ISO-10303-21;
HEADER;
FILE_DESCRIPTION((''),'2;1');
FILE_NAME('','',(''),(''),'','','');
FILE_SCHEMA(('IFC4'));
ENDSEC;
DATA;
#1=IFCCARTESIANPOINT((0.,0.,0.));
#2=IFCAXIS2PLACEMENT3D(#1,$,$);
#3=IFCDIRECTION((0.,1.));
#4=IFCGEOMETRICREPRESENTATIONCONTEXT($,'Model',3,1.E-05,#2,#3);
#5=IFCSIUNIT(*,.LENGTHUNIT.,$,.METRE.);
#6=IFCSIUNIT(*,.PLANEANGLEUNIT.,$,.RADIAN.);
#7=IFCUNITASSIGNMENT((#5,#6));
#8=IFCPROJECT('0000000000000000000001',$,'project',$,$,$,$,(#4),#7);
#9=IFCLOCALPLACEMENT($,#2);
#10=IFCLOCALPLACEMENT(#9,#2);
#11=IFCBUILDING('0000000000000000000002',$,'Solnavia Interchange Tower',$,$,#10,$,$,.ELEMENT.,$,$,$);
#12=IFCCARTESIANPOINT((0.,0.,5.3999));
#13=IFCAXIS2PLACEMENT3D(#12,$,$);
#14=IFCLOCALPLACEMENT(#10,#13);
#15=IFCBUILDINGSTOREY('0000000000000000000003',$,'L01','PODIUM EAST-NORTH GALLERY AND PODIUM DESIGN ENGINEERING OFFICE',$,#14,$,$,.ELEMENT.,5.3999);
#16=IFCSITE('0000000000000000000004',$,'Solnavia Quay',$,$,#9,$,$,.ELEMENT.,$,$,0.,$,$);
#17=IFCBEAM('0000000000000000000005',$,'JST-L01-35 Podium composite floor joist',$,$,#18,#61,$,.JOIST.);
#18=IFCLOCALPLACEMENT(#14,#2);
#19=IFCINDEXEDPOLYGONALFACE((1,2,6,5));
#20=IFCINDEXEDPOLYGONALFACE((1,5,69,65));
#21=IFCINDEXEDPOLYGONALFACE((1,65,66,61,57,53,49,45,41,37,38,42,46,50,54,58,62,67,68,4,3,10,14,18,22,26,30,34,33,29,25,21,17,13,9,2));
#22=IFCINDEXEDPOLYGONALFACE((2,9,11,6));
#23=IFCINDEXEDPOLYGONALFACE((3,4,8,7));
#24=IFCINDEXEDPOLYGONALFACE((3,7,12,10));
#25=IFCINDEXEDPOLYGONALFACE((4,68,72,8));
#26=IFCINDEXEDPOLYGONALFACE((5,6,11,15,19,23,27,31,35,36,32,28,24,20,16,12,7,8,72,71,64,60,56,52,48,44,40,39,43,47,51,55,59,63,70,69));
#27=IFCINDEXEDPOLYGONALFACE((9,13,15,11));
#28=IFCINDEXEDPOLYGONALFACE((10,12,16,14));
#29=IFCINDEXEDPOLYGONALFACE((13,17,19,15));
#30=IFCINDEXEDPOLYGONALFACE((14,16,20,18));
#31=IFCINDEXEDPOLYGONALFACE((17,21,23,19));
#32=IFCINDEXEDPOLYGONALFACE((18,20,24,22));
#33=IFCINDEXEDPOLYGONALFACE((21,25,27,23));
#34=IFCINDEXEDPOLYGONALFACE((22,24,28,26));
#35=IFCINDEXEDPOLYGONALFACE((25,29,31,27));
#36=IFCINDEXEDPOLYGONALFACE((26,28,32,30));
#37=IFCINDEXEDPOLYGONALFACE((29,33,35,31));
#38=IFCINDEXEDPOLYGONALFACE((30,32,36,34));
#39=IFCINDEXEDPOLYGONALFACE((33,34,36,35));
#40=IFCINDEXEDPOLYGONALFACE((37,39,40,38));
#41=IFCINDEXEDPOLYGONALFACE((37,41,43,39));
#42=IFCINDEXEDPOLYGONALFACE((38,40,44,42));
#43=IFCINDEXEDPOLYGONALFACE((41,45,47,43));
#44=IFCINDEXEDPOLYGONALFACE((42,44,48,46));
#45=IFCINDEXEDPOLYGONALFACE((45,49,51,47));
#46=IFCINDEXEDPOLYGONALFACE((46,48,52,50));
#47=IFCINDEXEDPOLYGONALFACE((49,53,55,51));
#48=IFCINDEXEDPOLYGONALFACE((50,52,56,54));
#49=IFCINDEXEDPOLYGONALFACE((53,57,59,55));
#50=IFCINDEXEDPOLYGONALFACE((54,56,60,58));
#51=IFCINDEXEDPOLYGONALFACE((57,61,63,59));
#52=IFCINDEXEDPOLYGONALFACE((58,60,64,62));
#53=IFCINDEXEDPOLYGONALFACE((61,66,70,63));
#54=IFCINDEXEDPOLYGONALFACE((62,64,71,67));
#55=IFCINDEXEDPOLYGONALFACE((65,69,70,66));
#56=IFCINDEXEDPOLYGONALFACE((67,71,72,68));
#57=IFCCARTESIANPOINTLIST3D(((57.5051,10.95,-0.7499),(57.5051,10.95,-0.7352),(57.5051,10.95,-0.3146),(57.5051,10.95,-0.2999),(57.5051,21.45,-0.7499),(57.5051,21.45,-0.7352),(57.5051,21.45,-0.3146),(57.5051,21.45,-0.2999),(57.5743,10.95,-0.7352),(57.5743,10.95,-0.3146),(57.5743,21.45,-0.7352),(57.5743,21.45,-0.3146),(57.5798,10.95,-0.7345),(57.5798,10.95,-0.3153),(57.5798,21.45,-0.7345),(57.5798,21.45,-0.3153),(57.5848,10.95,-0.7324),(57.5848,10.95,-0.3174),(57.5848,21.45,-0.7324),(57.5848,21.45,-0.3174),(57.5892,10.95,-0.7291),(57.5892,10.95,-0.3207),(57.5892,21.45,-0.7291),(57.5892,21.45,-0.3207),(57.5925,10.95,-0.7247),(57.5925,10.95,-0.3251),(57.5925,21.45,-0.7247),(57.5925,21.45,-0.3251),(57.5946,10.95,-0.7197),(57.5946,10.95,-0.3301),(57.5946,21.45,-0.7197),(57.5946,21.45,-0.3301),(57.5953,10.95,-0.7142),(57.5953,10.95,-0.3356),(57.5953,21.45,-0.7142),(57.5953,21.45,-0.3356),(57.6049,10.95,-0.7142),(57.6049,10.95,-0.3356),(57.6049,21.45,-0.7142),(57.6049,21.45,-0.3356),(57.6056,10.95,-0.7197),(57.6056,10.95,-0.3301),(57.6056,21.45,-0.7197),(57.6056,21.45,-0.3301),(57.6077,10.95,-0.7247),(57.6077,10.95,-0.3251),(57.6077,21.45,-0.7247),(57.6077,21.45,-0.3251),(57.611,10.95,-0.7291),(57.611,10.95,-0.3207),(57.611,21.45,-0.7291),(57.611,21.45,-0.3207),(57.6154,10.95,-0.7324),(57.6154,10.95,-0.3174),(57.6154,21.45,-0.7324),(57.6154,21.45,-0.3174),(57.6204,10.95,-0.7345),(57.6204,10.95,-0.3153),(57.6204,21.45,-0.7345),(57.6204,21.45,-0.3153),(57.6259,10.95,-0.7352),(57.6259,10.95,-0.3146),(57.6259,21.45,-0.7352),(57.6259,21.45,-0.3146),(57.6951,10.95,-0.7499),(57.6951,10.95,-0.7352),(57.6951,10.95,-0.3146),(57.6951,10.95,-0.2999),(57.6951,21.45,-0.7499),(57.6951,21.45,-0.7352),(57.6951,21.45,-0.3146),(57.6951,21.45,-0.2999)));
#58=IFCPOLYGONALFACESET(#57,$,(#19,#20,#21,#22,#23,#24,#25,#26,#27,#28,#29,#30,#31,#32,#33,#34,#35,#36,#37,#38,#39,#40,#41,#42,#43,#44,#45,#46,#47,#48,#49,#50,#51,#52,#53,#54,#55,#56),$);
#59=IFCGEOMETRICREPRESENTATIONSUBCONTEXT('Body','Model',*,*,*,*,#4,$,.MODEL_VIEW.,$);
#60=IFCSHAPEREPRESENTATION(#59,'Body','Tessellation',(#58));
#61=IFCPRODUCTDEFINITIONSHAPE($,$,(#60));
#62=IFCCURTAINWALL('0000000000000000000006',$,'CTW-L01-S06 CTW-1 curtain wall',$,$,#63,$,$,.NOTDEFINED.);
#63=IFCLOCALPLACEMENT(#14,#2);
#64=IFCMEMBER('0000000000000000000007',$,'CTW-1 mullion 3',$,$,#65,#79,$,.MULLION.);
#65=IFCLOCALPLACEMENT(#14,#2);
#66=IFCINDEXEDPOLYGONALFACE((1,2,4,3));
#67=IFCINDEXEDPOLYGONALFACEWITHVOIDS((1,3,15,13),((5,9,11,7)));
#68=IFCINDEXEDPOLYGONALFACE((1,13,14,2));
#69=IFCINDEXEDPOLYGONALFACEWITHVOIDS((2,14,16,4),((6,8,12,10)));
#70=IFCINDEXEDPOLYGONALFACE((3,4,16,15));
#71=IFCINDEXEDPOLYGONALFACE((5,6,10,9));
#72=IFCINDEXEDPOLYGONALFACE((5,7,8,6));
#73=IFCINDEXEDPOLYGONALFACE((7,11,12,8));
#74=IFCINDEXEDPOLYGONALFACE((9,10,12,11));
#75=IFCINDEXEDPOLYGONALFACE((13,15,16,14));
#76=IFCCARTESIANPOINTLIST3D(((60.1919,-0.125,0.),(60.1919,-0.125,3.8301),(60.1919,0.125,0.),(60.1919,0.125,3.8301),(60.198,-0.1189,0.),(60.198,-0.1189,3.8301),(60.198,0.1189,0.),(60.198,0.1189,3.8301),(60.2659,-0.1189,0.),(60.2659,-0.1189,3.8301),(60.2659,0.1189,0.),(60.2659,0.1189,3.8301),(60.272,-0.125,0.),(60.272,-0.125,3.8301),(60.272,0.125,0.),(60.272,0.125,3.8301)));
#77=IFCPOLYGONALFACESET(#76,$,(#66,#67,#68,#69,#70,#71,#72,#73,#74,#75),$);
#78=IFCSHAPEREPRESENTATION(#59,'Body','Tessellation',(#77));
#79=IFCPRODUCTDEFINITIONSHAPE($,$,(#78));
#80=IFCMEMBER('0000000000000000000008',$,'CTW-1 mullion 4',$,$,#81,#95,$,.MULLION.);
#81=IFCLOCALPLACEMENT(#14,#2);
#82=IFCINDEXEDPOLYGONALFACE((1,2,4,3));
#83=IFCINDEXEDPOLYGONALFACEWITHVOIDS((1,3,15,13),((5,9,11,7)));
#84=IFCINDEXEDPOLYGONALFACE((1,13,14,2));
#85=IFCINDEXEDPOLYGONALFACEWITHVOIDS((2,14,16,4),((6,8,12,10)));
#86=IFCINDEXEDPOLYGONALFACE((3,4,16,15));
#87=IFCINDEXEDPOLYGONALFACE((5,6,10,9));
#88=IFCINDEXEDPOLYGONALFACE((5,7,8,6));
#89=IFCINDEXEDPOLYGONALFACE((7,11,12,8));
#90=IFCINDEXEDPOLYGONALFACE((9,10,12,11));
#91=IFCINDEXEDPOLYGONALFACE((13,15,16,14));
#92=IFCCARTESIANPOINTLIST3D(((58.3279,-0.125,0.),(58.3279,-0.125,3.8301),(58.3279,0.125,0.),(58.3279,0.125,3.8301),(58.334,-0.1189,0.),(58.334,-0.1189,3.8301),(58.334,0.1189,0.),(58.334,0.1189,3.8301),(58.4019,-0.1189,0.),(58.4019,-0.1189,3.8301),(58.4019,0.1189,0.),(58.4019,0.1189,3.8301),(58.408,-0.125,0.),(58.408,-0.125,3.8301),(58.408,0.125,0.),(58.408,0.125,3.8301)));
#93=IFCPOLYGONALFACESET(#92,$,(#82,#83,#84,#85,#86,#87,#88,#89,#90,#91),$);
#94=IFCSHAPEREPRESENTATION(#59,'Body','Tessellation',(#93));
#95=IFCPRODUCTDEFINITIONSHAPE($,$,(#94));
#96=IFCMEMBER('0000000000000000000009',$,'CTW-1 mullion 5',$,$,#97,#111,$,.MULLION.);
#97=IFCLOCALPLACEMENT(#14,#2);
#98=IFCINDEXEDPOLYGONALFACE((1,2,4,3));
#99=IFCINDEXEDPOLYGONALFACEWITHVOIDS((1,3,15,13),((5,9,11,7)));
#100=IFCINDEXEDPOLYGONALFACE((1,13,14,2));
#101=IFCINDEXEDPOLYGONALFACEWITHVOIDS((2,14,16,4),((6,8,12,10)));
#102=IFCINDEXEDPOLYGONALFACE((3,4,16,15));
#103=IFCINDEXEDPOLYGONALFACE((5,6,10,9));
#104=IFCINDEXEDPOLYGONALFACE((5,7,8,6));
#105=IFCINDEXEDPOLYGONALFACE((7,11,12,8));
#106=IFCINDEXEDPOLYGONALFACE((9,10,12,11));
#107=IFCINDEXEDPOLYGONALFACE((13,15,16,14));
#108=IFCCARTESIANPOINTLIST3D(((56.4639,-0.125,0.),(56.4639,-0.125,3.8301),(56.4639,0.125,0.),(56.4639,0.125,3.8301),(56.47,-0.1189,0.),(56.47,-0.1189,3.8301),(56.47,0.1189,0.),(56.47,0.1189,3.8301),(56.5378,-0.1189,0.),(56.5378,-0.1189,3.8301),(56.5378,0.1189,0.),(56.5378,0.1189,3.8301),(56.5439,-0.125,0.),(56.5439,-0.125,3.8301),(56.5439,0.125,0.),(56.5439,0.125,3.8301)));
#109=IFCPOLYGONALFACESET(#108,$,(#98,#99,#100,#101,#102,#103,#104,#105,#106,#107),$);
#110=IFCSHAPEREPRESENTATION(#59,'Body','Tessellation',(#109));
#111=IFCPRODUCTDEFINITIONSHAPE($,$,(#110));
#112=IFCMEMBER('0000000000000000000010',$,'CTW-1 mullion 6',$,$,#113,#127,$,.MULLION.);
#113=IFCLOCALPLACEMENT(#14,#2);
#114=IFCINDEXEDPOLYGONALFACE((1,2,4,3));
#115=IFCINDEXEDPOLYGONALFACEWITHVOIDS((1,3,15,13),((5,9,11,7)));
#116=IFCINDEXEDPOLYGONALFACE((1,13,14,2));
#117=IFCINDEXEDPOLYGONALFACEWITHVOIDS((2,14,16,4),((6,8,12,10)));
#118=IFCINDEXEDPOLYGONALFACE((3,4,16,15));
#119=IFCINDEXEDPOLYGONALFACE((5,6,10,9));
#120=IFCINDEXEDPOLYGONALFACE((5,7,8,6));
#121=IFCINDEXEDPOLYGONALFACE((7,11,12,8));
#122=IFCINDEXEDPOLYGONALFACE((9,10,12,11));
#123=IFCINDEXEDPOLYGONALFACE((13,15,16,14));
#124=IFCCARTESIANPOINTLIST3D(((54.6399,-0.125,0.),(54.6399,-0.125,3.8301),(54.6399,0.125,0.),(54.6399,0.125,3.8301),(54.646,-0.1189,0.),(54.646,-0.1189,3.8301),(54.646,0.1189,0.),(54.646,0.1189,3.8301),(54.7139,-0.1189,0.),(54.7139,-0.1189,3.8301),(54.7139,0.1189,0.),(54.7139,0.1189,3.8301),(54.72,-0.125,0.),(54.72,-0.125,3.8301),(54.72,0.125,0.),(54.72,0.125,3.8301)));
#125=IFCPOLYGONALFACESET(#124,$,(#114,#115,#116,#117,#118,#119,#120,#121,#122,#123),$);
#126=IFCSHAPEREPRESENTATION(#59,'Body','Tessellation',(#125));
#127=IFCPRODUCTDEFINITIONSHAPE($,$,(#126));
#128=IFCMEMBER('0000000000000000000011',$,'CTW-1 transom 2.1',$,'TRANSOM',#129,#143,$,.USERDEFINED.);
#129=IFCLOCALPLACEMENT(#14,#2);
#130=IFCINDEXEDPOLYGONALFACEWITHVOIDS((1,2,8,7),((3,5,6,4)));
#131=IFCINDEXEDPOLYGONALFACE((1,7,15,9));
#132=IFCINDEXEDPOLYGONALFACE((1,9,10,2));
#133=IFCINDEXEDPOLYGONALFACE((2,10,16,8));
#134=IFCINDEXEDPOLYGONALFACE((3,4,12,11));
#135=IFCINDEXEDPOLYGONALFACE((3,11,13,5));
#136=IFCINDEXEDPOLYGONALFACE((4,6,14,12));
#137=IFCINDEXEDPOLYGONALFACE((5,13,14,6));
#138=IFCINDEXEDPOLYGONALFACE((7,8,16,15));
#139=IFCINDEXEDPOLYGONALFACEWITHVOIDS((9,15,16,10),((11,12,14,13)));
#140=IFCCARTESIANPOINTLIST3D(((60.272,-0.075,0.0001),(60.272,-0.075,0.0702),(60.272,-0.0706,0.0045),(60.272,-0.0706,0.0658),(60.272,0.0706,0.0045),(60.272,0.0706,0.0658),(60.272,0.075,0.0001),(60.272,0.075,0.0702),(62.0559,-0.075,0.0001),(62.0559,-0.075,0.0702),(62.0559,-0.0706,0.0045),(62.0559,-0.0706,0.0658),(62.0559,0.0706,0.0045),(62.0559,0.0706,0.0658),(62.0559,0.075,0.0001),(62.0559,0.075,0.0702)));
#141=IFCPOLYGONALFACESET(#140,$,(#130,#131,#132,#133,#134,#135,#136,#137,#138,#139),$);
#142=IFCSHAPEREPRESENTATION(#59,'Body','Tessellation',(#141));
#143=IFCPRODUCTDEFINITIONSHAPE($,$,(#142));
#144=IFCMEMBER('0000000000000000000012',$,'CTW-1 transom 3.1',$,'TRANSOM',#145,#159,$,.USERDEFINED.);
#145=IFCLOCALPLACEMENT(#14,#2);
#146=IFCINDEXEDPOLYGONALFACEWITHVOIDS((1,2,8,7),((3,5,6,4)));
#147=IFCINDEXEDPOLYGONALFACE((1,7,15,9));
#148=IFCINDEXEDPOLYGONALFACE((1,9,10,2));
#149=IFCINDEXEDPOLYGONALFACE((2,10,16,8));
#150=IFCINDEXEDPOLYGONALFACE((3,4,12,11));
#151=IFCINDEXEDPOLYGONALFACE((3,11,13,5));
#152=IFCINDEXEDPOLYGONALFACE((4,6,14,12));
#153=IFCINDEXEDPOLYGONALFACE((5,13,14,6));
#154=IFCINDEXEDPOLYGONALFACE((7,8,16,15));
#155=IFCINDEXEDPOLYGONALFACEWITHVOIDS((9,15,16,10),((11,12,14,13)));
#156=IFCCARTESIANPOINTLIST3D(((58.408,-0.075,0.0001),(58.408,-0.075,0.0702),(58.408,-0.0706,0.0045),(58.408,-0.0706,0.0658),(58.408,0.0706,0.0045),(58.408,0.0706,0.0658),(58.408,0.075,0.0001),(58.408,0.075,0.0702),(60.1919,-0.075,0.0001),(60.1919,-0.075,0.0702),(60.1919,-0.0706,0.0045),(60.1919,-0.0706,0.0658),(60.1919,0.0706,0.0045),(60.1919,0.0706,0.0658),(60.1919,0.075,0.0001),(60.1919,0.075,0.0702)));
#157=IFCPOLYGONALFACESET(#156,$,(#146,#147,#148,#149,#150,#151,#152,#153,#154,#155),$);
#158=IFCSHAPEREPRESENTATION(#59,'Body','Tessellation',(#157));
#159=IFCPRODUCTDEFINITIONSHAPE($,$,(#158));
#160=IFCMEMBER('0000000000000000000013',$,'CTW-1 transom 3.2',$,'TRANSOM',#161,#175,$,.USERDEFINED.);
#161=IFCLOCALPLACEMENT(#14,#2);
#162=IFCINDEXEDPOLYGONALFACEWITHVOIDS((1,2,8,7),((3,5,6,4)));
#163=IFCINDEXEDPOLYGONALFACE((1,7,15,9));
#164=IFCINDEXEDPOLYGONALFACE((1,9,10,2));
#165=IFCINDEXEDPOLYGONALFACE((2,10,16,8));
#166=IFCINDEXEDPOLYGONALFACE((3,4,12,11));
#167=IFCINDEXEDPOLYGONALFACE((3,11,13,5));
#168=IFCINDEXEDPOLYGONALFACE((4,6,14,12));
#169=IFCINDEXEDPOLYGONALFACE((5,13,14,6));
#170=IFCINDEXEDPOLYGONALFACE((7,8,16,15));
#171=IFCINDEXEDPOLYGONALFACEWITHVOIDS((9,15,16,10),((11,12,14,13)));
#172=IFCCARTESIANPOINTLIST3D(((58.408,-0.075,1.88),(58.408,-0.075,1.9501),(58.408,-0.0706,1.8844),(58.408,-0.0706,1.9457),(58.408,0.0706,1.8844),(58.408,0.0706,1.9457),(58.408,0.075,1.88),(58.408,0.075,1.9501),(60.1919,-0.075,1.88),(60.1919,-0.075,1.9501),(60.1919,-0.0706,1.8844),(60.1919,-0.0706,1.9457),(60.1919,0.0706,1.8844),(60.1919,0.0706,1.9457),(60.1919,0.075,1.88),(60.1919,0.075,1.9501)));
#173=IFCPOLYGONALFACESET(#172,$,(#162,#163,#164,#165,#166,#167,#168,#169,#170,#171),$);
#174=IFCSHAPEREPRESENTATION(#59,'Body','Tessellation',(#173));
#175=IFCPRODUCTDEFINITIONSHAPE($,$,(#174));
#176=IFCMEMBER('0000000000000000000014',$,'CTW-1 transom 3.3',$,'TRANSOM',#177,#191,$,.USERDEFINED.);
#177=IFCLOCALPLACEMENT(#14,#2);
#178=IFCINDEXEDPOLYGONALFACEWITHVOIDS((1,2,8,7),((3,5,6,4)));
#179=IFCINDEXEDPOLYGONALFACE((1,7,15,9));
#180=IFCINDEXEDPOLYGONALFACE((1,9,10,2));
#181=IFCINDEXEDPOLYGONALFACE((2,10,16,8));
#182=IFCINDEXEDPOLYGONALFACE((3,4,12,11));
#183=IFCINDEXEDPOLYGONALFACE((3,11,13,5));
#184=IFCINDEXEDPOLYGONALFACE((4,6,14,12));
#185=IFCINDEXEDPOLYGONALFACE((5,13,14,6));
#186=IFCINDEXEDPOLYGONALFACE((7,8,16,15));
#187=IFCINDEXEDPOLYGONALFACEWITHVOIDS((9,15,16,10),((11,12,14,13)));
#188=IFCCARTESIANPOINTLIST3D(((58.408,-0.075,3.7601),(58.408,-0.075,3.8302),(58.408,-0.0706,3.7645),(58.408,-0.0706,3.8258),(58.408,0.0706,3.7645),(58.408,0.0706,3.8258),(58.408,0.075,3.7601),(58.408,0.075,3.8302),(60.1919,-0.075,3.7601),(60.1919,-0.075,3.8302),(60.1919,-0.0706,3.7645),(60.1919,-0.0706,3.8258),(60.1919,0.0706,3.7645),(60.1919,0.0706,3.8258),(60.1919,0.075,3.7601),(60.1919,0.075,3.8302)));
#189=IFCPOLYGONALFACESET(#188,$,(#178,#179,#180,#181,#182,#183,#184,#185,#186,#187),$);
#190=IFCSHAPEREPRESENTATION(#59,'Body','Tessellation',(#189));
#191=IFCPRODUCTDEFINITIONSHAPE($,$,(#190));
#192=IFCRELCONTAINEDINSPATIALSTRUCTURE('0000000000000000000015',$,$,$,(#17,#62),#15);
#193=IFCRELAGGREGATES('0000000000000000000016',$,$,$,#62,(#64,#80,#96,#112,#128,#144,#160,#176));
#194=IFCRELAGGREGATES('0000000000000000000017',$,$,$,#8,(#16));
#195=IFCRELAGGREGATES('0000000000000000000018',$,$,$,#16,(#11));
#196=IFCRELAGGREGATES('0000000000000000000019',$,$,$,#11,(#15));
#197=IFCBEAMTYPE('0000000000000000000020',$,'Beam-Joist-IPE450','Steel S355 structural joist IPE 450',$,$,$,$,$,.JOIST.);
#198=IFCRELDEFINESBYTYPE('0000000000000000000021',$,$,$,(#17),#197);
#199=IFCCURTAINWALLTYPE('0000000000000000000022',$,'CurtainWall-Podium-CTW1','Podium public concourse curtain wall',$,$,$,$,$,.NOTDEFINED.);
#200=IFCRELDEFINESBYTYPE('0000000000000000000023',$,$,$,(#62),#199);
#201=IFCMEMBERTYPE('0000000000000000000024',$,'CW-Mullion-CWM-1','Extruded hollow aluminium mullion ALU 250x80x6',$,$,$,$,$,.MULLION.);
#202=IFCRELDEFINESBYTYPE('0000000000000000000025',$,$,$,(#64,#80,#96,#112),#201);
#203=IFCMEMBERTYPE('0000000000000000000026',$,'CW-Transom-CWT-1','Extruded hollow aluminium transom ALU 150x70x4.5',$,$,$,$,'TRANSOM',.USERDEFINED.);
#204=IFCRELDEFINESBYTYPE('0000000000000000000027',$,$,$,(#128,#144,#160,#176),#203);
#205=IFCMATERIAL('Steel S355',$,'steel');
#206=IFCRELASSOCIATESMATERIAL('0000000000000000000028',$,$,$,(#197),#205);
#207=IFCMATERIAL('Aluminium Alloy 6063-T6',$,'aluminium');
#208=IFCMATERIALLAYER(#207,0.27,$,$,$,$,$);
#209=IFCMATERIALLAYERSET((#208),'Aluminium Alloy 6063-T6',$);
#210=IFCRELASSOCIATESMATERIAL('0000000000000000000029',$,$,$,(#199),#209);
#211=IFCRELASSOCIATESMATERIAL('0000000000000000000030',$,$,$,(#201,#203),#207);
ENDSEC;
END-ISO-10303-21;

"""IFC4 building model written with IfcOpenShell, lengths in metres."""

from ifc_helpers import new_model, si_unit, direction, frame, origin, origin_2d, place, context, subcontext, project, spatial, hollow_rectangle, i_section, extrude, material, layer, layer_set, material_profile, profile_set, type_object, element, aggregate, save


model = new_model("IFC4")

# Units and contexts
model_context = context("Model", 3, precision=1e-05, world=origin(), true_north=direction((0.0, 1.0)))
body_context = subcontext(model_context, "Body", "Model", "MODEL_VIEW")
ifc_project = project(units=[si_unit("LENGTHUNIT", "METRE"), si_unit("PLANEANGLEUNIT", "RADIAN")], contexts=[model_context])

# Site, building, storey
site_placement = place(None, origin())
site = spatial("IfcSite", under=ifc_project, at=site_placement, Name="Solnavia Quay", CompositionType="ELEMENT", RefElevation=0.0)
building_placement = place(site_placement, origin())
building = spatial("IfcBuilding", under=site, at=building_placement, Name="Solnavia Interchange Tower", CompositionType="ELEMENT")
storey_placement = place(building_placement, frame((0.0, 0.0, 5.3999)))
storey = spatial("IfcBuildingStorey", under=building, at=storey_placement, Name="L01", Description="PODIUM EAST-NORTH GALLERY AND PODIUM DESIGN ENGINEERING OFFICE", CompositionType="ELEMENT", Elevation=5.3999)

# Beam
ifc_material_1 = material(Name="Steel S355", Category="steel")
ifc_material_profile_1 = material_profile(ifc_material_1, i_section(OverallWidth=0.1899, OverallDepth=0.45, WebThickness=0.0095, FlangeThickness=0.0146, FilletRadius=0.021, at=origin_2d()), Name="IPE 450")
ifc_profile_set_1 = profile_set([ifc_material_profile_1], Name="Steel S355")
beam_type_1 = type_object("IfcBeamType", Name="Beam-Joist-IPE450", Description="Steel S355 structural joist IPE 450", PredefinedType="JOIST", material=ifc_profile_set_1)
beam_1_placement = place(storey_placement, frame((57.6001, 10.95, -0.5249), z_axis=(0.0, 1.0, 0.0), x_axis=(-1.0, 0.0, 0.0)))
element("IfcBeam", 1, at=beam_1_placement, inside=storey, type_object=beam_type_1, Name="JST-L01-35 Podium composite floor joist", PredefinedType="JOIST", context=body_context, shape_type="SweptSolid", body=[
    extrude(i_section(OverallWidth=0.1899, OverallDepth=0.45, WebThickness=0.0095, FlangeThickness=0.0146, FilletRadius=0.021, at=origin_2d()), origin(), (0.0, 0.0, 1.0), 10.5),
])

# Curtain wall, members
ifc_material_2 = material(Name="Aluminium Alloy 6063-T6", Category="aluminium")
ifc_layer_1 = layer(ifc_material_2, 0.27)
ifc_layer_set_1 = layer_set([ifc_layer_1], Name="Aluminium Alloy 6063-T6")
curtain_wall_type = type_object("IfcCurtainWallType", Name="CurtainWall-Podium-CTW1", Description="Podium public concourse curtain wall", PredefinedType="NOTDEFINED", material=ifc_layer_set_1)
curtain_wall_placement = place(storey_placement, origin())
curtain_wall = element("IfcCurtainWall", 2, at=curtain_wall_placement, inside=storey, type_object=curtain_wall_type, Name="CTW-L01-S06 CTW-1 curtain wall", PredefinedType="NOTDEFINED")
ifc_material_profile_2 = material_profile(ifc_material_2, hollow_rectangle(XDim=0.0801, YDim=0.25, WallThickness=0.0061, at=origin_2d()), Name="ALU 250x80x6")
ifc_profile_set_2 = profile_set([ifc_material_profile_2], Name="Aluminium Alloy 6063-T6")
member_type_1 = type_object("IfcMemberType", Name="CW-Mullion-CWM-1", Description="Extruded hollow aluminium mullion ALU 250x80x6", PredefinedType="MULLION", material=ifc_profile_set_2)
member_1_placement = place(storey_placement, frame((60.2319, 0.0, 0.0), z_axis=(0.0, 0.0, 1.0), x_axis=(-1.0, 0.0, 0.0)))
member_1 = element("IfcMember", 3, at=member_1_placement, type_object=member_type_1, Name="CTW-1 mullion 3", PredefinedType="MULLION", context=body_context, shape_type="SweptSolid", body=[
    extrude(hollow_rectangle(XDim=0.0801, YDim=0.25, WallThickness=0.0061, at=origin_2d()), origin(), (0.0, 0.0, 1.0), 3.8301),
])
member_2_placement = place(storey_placement, frame((58.3679, 0.0, 0.0), z_axis=(0.0, 0.0, 1.0), x_axis=(-1.0, 0.0, 0.0)))
member_2 = element("IfcMember", 4, at=member_2_placement, type_object=member_type_1, Name="CTW-1 mullion 4", PredefinedType="MULLION", context=body_context, shape_type="SweptSolid", body=[
    extrude(hollow_rectangle(XDim=0.0801, YDim=0.25, WallThickness=0.0061, at=origin_2d()), origin(), (0.0, 0.0, 1.0), 3.8301),
])
member_3_placement = place(storey_placement, frame((56.5039, 0.0, 0.0), z_axis=(0.0, 0.0, 1.0), x_axis=(-1.0, 0.0, 0.0)))
member_3 = element("IfcMember", 5, at=member_3_placement, type_object=member_type_1, Name="CTW-1 mullion 5", PredefinedType="MULLION", context=body_context, shape_type="SweptSolid", body=[
    extrude(hollow_rectangle(XDim=0.0801, YDim=0.25, WallThickness=0.0061, at=origin_2d()), origin(), (0.0, 0.0, 1.0), 3.8301),
])
member_4_placement = place(storey_placement, frame((54.6799, 0.0, 0.0), z_axis=(0.0, 0.0, 1.0), x_axis=(-1.0, 0.0, 0.0)))
member_4 = element("IfcMember", 6, at=member_4_placement, type_object=member_type_1, Name="CTW-1 mullion 6", PredefinedType="MULLION", context=body_context, shape_type="SweptSolid", body=[
    extrude(hollow_rectangle(XDim=0.0801, YDim=0.25, WallThickness=0.0061, at=origin_2d()), origin(), (0.0, 0.0, 1.0), 3.8301),
])
ifc_material_profile_3 = material_profile(ifc_material_2, hollow_rectangle(XDim=0.0701, YDim=0.1499, WallThickness=0.0044, at=origin_2d()), Name="ALU 150x70x4.5")
ifc_profile_set_3 = profile_set([ifc_material_profile_3], Name="Aluminium Alloy 6063-T6")
member_type_2 = type_object("IfcMemberType", Name="CW-Transom-CWT-1", Description="Extruded hollow aluminium transom ALU 150x70x4.5", ElementType="TRANSOM", PredefinedType="USERDEFINED", material=ifc_profile_set_3)
member_5_placement = place(storey_placement, frame((62.0559, 0.0, 0.0352), z_axis=(-1.0, 0.0, 0.0), x_axis=(0.0, 0.0, 1.0)))
member_5 = element("IfcMember", 7, at=member_5_placement, type_object=member_type_2, Name="CTW-1 transom 2.1", ObjectType="TRANSOM", PredefinedType="USERDEFINED", context=body_context, shape_type="SweptSolid", body=[
    extrude(hollow_rectangle(XDim=0.0701, YDim=0.1499, WallThickness=0.0044, at=origin_2d()), origin(), (0.0, 0.0, 1.0), 1.7839),
])
member_6_placement = place(storey_placement, frame((60.1919, 0.0, 0.0352), z_axis=(-1.0, 0.0, 0.0), x_axis=(0.0, 0.0, 1.0)))
member_6 = element("IfcMember", 8, at=member_6_placement, type_object=member_type_2, Name="CTW-1 transom 3.1", ObjectType="TRANSOM", PredefinedType="USERDEFINED", context=body_context, shape_type="SweptSolid", body=[
    extrude(hollow_rectangle(XDim=0.0701, YDim=0.1499, WallThickness=0.0044, at=origin_2d()), origin(), (0.0, 0.0, 1.0), 1.7839),
])
member_7_placement = place(storey_placement, frame((60.1919, 0.0, 1.915), z_axis=(-1.0, 0.0, 0.0), x_axis=(0.0, 0.0, 1.0)))
member_7 = element("IfcMember", 9, at=member_7_placement, type_object=member_type_2, Name="CTW-1 transom 3.2", ObjectType="TRANSOM", PredefinedType="USERDEFINED", context=body_context, shape_type="SweptSolid", body=[
    extrude(hollow_rectangle(XDim=0.0701, YDim=0.1499, WallThickness=0.0044, at=origin_2d()), origin(), (0.0, 0.0, 1.0), 1.7839),
])
member_8_placement = place(storey_placement, frame((60.1919, 0.0, 3.7952), z_axis=(-1.0, 0.0, 0.0), x_axis=(0.0, 0.0, 1.0)))
member_8 = element("IfcMember", 10, at=member_8_placement, type_object=member_type_2, Name="CTW-1 transom 3.3", ObjectType="TRANSOM", PredefinedType="USERDEFINED", context=body_context, shape_type="SweptSolid", body=[
    extrude(hollow_rectangle(XDim=0.0701, YDim=0.1499, WallThickness=0.0044, at=origin_2d()), origin(), (0.0, 0.0, 1.0), 1.7839),
])
aggregate(curtain_wall, [member_1, member_2, member_3, member_4, member_5, member_6, member_7, member_8])

save(model, "model.ifc")
